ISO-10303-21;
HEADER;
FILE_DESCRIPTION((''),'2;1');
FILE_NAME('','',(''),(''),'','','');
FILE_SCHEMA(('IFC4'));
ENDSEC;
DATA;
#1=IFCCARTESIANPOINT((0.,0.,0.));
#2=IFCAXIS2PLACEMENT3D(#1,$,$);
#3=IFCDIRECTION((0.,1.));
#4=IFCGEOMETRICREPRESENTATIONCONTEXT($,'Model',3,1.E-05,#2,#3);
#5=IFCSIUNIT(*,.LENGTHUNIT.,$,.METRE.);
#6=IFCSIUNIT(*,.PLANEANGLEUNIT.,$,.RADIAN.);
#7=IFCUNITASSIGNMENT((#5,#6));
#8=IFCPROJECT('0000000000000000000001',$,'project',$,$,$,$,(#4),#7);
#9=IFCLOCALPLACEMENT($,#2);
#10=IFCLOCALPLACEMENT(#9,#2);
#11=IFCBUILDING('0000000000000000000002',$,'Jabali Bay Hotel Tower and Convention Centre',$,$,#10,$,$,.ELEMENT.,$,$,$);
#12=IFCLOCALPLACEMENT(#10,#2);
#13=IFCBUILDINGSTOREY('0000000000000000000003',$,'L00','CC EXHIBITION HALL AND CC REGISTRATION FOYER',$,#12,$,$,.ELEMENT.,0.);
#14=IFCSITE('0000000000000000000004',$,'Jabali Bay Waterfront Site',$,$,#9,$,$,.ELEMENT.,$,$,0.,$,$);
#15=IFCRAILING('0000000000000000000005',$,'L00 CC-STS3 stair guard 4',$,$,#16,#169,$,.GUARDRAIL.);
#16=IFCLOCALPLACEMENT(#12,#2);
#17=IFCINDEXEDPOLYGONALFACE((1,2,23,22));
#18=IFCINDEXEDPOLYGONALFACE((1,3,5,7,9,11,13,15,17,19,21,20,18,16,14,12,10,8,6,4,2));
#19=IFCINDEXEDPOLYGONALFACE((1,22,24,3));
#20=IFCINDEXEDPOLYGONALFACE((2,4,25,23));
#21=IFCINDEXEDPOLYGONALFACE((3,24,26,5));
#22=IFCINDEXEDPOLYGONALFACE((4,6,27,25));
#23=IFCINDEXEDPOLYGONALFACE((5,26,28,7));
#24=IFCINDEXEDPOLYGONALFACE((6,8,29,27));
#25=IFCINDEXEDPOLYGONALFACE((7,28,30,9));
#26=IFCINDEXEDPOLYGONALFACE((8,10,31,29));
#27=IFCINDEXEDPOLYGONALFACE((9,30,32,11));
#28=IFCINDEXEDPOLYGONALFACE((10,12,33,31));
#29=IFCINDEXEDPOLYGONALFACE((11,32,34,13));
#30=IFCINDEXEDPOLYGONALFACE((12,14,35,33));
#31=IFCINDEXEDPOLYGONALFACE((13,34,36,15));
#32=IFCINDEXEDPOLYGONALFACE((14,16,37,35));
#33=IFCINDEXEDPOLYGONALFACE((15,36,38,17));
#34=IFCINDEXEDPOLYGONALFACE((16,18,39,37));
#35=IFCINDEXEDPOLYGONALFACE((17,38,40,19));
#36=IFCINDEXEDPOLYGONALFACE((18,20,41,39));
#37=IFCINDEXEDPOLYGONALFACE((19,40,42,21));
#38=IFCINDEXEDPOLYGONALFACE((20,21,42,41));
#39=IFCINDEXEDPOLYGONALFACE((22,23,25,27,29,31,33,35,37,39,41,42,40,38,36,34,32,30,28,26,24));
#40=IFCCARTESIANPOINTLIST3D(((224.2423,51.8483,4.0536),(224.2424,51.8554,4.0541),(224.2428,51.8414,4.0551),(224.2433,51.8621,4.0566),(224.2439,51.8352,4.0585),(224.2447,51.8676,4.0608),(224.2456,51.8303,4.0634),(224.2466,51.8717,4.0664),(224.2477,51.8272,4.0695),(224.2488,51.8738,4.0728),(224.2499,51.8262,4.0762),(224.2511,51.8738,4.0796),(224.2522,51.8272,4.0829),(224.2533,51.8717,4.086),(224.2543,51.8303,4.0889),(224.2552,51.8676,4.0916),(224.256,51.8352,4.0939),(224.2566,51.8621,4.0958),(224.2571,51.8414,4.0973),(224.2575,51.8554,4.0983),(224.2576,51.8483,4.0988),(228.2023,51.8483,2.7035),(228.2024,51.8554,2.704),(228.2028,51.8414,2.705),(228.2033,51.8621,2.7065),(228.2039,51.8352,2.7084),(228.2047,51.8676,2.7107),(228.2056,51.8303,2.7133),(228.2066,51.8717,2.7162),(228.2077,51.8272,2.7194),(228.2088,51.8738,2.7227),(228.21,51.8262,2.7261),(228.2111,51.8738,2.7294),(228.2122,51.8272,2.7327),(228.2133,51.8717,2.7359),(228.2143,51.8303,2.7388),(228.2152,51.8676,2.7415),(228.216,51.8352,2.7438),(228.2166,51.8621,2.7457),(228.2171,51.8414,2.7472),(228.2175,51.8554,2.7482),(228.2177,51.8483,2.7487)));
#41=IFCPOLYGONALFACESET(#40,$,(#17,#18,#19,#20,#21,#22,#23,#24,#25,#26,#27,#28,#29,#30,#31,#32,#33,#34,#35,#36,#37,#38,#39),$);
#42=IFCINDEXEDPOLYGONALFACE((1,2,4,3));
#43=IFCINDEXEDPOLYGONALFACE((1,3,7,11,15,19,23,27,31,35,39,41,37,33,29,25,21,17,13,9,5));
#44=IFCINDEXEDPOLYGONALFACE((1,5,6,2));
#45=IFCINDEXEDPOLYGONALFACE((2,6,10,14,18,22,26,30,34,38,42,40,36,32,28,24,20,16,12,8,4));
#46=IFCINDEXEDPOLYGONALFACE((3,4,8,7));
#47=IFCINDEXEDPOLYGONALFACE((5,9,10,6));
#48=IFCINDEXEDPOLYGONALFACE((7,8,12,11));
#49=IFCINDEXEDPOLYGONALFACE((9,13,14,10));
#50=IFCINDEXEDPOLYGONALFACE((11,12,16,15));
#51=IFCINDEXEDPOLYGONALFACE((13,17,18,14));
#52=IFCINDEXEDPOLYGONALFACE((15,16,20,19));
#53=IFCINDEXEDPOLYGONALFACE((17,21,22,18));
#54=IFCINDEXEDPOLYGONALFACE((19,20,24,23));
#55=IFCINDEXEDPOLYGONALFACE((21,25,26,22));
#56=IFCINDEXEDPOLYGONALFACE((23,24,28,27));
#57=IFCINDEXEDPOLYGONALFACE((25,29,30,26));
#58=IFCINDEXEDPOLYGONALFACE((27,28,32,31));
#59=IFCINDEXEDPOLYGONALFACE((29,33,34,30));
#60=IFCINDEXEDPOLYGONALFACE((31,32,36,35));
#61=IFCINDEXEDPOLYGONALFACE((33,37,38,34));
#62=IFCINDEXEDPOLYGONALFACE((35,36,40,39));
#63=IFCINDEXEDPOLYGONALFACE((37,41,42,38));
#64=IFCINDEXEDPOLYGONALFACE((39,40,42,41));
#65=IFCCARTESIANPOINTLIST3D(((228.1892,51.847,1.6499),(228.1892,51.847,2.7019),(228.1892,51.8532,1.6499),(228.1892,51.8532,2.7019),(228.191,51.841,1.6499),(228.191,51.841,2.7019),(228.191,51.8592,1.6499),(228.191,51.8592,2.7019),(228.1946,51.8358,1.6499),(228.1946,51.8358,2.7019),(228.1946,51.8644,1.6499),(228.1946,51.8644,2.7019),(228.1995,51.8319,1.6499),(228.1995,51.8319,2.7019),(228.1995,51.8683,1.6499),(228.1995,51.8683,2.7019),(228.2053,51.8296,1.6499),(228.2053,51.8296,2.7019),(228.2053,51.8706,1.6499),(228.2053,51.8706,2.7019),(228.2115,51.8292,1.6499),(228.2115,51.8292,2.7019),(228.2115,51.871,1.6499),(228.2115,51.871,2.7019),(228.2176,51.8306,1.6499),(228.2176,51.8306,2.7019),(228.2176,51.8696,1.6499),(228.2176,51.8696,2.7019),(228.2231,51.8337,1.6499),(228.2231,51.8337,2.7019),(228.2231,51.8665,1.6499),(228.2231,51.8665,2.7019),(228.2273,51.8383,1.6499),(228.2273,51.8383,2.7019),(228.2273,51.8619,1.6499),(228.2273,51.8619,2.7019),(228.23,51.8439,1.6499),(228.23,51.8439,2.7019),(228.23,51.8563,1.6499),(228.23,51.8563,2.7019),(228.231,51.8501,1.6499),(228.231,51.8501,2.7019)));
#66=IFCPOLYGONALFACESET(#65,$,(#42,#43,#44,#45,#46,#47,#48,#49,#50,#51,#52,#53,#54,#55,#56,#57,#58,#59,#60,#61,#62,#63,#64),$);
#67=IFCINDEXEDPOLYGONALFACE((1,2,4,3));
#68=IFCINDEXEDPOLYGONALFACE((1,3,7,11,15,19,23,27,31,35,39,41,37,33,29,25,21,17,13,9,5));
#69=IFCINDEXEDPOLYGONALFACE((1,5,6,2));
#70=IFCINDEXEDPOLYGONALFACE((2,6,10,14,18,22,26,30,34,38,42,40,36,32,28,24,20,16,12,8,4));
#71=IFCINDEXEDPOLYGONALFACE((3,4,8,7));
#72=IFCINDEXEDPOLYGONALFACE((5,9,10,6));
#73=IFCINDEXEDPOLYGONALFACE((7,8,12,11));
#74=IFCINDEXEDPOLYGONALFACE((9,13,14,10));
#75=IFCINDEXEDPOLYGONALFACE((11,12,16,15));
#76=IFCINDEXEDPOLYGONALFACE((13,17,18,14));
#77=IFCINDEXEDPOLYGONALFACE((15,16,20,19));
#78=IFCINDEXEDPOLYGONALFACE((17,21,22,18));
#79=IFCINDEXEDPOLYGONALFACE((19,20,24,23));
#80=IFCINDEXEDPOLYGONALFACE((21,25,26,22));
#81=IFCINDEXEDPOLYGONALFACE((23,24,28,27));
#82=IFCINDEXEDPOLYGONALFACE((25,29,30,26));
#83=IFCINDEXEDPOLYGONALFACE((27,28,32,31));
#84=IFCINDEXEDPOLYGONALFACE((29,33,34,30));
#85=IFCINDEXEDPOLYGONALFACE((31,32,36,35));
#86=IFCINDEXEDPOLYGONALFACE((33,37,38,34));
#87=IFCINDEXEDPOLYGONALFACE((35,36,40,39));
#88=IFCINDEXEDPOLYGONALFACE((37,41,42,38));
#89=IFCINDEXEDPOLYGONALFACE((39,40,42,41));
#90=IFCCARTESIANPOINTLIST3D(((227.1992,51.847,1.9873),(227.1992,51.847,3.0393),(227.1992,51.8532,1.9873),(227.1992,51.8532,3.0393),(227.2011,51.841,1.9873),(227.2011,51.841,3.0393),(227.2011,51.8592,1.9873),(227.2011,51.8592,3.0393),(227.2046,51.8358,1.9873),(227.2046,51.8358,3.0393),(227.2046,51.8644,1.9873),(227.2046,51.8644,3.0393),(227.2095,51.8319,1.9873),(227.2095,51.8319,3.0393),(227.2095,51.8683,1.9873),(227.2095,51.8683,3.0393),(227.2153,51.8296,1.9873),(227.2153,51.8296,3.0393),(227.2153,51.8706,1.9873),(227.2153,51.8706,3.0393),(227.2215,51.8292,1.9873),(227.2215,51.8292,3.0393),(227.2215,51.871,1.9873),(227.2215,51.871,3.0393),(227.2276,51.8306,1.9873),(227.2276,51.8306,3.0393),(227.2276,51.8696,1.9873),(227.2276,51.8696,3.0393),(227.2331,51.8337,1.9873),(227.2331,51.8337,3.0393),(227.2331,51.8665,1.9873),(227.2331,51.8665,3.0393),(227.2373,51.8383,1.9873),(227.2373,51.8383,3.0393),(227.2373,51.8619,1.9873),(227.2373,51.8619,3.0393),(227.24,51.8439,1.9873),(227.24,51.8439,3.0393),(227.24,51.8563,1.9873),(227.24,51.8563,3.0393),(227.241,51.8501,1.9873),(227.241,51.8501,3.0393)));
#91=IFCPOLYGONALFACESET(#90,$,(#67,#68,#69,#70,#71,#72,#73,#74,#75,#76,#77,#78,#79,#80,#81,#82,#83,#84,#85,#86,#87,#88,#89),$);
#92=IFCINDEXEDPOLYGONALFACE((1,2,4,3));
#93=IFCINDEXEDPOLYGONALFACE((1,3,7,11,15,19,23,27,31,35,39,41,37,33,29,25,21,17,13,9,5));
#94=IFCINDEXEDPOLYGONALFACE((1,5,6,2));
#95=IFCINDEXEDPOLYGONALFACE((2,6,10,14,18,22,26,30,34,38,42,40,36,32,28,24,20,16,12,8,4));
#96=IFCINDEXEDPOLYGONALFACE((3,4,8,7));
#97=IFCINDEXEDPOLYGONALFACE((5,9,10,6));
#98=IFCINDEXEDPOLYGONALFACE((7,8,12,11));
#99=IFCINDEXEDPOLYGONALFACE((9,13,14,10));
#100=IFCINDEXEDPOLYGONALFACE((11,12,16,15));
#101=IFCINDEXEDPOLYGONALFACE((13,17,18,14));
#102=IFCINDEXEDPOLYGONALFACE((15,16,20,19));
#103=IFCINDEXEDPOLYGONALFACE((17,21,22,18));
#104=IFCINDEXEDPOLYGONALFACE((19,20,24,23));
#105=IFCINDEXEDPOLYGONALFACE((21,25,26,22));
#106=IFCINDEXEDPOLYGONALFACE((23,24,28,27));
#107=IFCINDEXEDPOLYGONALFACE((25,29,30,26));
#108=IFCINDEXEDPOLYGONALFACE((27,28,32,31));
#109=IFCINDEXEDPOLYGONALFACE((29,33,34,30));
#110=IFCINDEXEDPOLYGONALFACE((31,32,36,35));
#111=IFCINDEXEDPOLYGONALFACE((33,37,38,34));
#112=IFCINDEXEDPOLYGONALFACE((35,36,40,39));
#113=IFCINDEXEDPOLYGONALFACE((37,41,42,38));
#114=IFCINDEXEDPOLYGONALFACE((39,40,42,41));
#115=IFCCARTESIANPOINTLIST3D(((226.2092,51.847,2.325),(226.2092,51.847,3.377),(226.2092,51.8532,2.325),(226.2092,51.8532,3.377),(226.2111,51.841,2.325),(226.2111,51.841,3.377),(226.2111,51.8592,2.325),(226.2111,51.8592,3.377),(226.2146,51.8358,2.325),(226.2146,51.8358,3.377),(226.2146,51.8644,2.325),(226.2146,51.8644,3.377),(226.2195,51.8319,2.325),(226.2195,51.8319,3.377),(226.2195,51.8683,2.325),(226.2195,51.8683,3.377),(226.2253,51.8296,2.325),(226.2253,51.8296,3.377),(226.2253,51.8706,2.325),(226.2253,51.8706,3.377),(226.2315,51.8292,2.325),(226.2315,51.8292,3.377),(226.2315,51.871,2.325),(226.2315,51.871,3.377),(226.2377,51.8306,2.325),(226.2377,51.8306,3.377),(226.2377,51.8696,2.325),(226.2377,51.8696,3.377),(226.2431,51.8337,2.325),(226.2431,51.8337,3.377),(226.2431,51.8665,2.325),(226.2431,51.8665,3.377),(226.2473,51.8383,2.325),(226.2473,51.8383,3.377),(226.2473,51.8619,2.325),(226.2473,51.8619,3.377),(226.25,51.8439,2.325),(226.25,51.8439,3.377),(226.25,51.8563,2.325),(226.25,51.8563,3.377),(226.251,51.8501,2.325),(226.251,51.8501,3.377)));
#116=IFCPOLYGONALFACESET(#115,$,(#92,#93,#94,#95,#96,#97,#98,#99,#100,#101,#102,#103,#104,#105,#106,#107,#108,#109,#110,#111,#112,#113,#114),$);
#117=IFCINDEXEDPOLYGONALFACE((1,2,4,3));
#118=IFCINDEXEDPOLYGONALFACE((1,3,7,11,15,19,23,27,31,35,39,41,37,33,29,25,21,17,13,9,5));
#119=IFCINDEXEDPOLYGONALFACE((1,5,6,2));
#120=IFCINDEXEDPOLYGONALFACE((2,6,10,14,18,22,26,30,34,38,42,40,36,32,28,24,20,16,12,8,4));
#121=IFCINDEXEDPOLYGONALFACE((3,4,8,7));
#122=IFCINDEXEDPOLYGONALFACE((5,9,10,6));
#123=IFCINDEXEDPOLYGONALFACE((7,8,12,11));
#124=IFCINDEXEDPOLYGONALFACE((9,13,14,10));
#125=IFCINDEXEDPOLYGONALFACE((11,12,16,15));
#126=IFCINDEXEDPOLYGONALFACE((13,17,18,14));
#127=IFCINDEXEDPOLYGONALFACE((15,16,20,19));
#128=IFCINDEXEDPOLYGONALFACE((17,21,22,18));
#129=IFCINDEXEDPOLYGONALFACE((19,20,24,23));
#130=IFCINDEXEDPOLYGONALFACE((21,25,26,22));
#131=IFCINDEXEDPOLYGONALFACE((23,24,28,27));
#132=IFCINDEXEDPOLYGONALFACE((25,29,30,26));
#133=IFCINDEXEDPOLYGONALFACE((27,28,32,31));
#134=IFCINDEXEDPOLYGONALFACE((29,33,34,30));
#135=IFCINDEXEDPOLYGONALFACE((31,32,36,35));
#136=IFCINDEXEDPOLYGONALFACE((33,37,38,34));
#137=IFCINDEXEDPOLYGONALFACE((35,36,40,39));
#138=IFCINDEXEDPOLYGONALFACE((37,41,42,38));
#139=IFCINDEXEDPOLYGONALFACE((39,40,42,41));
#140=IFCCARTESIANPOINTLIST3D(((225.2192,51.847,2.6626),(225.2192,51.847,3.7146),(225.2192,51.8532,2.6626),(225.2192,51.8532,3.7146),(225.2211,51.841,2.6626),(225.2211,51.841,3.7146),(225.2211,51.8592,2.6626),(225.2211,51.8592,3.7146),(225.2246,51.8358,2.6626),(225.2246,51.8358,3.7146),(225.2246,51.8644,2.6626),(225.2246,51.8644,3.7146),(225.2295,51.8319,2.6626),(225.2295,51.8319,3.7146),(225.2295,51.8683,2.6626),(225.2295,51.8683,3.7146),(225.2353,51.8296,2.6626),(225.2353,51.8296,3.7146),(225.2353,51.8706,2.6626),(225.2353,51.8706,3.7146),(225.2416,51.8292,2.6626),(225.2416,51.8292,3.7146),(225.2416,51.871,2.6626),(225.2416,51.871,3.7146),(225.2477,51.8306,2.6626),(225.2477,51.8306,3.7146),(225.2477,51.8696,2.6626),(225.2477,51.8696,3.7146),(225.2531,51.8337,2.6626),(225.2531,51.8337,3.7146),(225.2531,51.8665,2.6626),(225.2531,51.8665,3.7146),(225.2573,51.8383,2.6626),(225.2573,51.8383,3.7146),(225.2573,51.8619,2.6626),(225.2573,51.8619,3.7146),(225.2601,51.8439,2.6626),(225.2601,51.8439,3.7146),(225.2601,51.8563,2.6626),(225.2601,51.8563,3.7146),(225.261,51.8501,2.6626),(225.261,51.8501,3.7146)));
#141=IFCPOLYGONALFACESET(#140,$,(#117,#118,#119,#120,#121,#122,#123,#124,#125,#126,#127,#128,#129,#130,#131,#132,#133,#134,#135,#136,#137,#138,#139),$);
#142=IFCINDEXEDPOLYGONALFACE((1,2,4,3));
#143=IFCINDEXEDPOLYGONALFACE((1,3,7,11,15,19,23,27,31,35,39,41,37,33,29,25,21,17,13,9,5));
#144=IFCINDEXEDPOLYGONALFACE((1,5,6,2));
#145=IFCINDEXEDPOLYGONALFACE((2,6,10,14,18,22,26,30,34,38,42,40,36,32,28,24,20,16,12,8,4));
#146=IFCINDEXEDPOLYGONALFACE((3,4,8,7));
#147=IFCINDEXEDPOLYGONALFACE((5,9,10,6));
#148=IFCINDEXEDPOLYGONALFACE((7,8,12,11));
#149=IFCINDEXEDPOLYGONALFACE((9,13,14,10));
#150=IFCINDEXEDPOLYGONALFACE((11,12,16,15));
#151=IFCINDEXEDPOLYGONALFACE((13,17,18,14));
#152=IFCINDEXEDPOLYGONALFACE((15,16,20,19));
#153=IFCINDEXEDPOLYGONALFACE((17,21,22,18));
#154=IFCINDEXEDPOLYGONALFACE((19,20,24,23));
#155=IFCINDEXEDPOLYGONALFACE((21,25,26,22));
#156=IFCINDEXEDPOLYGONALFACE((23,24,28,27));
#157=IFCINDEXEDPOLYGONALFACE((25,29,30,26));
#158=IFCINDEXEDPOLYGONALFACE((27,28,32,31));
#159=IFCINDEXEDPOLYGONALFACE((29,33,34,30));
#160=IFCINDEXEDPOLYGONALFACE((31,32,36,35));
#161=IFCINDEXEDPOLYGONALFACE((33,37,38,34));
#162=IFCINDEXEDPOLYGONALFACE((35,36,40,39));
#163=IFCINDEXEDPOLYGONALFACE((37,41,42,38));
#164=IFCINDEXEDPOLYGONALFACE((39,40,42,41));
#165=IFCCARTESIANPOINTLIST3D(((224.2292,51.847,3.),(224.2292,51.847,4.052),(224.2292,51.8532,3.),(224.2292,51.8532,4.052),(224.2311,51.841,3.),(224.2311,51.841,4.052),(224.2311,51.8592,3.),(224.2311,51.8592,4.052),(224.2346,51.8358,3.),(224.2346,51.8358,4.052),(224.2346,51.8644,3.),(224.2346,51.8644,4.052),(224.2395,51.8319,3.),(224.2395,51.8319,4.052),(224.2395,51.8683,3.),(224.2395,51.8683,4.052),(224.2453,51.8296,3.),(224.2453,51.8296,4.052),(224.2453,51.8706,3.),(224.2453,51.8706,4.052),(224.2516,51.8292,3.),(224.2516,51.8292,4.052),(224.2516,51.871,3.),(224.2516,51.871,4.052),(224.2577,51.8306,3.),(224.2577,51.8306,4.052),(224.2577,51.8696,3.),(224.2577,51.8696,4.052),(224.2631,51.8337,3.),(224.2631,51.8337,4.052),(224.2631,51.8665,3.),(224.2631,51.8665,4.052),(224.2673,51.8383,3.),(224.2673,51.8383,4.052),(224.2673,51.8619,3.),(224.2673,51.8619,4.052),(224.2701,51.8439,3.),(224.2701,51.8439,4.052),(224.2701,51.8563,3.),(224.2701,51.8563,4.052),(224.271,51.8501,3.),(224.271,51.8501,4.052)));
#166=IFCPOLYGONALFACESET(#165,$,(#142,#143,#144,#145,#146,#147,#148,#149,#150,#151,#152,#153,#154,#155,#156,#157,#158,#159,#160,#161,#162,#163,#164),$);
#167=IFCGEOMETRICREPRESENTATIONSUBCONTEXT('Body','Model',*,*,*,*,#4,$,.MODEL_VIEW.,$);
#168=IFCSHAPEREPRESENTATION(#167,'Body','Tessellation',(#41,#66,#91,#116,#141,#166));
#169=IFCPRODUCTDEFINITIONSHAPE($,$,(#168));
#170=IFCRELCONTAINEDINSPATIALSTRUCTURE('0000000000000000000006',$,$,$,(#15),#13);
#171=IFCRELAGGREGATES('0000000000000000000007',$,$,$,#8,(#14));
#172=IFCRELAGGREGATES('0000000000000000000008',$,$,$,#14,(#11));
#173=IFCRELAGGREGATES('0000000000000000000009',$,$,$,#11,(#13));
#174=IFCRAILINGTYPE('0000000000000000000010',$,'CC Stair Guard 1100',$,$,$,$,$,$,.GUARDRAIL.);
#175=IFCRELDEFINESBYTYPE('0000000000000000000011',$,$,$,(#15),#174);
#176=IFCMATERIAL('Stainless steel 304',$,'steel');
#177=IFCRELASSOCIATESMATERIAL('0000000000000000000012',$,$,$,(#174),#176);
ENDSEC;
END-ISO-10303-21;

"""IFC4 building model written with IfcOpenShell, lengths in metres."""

from ifc_helpers import new_model, si_unit, direction, frame, origin, origin_2d, place, context, subcontext, project, spatial, circle, extrude, material, type_object, element, save


model = new_model("IFC4")

# Units and contexts
model_context = context("Model", 3, precision=1e-05, world=origin(), true_north=direction((0.0, 1.0)))
body_context = subcontext(model_context, "Body", "Model", "MODEL_VIEW")
ifc_project = project(units=[si_unit("LENGTHUNIT", "METRE"), si_unit("PLANEANGLEUNIT", "RADIAN")], contexts=[model_context])

# Site, building, storey
site_placement = place(None, origin())
site = spatial("IfcSite", under=ifc_project, at=site_placement, Name="Jabali Bay Waterfront Site", CompositionType="ELEMENT", RefElevation=0.0)
building_placement = place(site_placement, origin())
building = spatial("IfcBuilding", under=site, at=building_placement, Name="Jabali Bay Hotel Tower and Convention Centre", CompositionType="ELEMENT")
storey_placement = place(building_placement, origin())
storey = spatial("IfcBuildingStorey", under=building, at=storey_placement, Name="L00", Description="CC EXHIBITION HALL AND CC REGISTRATION FOYER", CompositionType="ELEMENT", Elevation=0.0)

# Railing
ifc_material_1 = material(Name="Stainless steel 304", Category="steel")
railing_type_1 = type_object("IfcRailingType", Name="CC Stair Guard 1100", PredefinedType="GUARDRAIL", material=ifc_material_1)
railing_1_placement = place(storey_placement, frame((228.21, 51.8501, 1.6499)))
element("IfcRailing", 1, at=railing_1_placement, inside=storey, type_object=railing_type_1, Name="L00 CC-STS3 stair guard 4", PredefinedType="GUARDRAIL", context=body_context, shape_type="SweptSolid", body=[
    extrude(circle(Radius=0.0239, at=origin_2d()), frame((0.0, 0.0, 1.0762), z_axis=(-0.946502, 0.0, 0.322698), x_axis=(0.0, -1.0, 0.0)), (0.0, 0.0, 1.0), 4.1838),
    extrude(circle(Radius=0.021, at=origin_2d()), origin(), (0.0, 0.0, 1.0), 1.052),
    extrude(circle(Radius=0.021, at=origin_2d()), frame((-0.99, 0.0, 0.3374)), (0.0, 0.0, 1.0), 1.052),
    extrude(circle(Radius=0.021, at=origin_2d()), frame((-1.98, 0.0, 0.675)), (0.0, 0.0, 1.0), 1.052),
    extrude(circle(Radius=0.021, at=origin_2d()), frame((-2.97, 0.0, 1.0127)), (0.0, 0.0, 1.0), 1.052),
    extrude(circle(Radius=0.021, at=origin_2d()), frame((-3.96, 0.0, 1.3501)), (0.0, 0.0, 1.0), 1.052),
])

save(model, "model.ifc")
